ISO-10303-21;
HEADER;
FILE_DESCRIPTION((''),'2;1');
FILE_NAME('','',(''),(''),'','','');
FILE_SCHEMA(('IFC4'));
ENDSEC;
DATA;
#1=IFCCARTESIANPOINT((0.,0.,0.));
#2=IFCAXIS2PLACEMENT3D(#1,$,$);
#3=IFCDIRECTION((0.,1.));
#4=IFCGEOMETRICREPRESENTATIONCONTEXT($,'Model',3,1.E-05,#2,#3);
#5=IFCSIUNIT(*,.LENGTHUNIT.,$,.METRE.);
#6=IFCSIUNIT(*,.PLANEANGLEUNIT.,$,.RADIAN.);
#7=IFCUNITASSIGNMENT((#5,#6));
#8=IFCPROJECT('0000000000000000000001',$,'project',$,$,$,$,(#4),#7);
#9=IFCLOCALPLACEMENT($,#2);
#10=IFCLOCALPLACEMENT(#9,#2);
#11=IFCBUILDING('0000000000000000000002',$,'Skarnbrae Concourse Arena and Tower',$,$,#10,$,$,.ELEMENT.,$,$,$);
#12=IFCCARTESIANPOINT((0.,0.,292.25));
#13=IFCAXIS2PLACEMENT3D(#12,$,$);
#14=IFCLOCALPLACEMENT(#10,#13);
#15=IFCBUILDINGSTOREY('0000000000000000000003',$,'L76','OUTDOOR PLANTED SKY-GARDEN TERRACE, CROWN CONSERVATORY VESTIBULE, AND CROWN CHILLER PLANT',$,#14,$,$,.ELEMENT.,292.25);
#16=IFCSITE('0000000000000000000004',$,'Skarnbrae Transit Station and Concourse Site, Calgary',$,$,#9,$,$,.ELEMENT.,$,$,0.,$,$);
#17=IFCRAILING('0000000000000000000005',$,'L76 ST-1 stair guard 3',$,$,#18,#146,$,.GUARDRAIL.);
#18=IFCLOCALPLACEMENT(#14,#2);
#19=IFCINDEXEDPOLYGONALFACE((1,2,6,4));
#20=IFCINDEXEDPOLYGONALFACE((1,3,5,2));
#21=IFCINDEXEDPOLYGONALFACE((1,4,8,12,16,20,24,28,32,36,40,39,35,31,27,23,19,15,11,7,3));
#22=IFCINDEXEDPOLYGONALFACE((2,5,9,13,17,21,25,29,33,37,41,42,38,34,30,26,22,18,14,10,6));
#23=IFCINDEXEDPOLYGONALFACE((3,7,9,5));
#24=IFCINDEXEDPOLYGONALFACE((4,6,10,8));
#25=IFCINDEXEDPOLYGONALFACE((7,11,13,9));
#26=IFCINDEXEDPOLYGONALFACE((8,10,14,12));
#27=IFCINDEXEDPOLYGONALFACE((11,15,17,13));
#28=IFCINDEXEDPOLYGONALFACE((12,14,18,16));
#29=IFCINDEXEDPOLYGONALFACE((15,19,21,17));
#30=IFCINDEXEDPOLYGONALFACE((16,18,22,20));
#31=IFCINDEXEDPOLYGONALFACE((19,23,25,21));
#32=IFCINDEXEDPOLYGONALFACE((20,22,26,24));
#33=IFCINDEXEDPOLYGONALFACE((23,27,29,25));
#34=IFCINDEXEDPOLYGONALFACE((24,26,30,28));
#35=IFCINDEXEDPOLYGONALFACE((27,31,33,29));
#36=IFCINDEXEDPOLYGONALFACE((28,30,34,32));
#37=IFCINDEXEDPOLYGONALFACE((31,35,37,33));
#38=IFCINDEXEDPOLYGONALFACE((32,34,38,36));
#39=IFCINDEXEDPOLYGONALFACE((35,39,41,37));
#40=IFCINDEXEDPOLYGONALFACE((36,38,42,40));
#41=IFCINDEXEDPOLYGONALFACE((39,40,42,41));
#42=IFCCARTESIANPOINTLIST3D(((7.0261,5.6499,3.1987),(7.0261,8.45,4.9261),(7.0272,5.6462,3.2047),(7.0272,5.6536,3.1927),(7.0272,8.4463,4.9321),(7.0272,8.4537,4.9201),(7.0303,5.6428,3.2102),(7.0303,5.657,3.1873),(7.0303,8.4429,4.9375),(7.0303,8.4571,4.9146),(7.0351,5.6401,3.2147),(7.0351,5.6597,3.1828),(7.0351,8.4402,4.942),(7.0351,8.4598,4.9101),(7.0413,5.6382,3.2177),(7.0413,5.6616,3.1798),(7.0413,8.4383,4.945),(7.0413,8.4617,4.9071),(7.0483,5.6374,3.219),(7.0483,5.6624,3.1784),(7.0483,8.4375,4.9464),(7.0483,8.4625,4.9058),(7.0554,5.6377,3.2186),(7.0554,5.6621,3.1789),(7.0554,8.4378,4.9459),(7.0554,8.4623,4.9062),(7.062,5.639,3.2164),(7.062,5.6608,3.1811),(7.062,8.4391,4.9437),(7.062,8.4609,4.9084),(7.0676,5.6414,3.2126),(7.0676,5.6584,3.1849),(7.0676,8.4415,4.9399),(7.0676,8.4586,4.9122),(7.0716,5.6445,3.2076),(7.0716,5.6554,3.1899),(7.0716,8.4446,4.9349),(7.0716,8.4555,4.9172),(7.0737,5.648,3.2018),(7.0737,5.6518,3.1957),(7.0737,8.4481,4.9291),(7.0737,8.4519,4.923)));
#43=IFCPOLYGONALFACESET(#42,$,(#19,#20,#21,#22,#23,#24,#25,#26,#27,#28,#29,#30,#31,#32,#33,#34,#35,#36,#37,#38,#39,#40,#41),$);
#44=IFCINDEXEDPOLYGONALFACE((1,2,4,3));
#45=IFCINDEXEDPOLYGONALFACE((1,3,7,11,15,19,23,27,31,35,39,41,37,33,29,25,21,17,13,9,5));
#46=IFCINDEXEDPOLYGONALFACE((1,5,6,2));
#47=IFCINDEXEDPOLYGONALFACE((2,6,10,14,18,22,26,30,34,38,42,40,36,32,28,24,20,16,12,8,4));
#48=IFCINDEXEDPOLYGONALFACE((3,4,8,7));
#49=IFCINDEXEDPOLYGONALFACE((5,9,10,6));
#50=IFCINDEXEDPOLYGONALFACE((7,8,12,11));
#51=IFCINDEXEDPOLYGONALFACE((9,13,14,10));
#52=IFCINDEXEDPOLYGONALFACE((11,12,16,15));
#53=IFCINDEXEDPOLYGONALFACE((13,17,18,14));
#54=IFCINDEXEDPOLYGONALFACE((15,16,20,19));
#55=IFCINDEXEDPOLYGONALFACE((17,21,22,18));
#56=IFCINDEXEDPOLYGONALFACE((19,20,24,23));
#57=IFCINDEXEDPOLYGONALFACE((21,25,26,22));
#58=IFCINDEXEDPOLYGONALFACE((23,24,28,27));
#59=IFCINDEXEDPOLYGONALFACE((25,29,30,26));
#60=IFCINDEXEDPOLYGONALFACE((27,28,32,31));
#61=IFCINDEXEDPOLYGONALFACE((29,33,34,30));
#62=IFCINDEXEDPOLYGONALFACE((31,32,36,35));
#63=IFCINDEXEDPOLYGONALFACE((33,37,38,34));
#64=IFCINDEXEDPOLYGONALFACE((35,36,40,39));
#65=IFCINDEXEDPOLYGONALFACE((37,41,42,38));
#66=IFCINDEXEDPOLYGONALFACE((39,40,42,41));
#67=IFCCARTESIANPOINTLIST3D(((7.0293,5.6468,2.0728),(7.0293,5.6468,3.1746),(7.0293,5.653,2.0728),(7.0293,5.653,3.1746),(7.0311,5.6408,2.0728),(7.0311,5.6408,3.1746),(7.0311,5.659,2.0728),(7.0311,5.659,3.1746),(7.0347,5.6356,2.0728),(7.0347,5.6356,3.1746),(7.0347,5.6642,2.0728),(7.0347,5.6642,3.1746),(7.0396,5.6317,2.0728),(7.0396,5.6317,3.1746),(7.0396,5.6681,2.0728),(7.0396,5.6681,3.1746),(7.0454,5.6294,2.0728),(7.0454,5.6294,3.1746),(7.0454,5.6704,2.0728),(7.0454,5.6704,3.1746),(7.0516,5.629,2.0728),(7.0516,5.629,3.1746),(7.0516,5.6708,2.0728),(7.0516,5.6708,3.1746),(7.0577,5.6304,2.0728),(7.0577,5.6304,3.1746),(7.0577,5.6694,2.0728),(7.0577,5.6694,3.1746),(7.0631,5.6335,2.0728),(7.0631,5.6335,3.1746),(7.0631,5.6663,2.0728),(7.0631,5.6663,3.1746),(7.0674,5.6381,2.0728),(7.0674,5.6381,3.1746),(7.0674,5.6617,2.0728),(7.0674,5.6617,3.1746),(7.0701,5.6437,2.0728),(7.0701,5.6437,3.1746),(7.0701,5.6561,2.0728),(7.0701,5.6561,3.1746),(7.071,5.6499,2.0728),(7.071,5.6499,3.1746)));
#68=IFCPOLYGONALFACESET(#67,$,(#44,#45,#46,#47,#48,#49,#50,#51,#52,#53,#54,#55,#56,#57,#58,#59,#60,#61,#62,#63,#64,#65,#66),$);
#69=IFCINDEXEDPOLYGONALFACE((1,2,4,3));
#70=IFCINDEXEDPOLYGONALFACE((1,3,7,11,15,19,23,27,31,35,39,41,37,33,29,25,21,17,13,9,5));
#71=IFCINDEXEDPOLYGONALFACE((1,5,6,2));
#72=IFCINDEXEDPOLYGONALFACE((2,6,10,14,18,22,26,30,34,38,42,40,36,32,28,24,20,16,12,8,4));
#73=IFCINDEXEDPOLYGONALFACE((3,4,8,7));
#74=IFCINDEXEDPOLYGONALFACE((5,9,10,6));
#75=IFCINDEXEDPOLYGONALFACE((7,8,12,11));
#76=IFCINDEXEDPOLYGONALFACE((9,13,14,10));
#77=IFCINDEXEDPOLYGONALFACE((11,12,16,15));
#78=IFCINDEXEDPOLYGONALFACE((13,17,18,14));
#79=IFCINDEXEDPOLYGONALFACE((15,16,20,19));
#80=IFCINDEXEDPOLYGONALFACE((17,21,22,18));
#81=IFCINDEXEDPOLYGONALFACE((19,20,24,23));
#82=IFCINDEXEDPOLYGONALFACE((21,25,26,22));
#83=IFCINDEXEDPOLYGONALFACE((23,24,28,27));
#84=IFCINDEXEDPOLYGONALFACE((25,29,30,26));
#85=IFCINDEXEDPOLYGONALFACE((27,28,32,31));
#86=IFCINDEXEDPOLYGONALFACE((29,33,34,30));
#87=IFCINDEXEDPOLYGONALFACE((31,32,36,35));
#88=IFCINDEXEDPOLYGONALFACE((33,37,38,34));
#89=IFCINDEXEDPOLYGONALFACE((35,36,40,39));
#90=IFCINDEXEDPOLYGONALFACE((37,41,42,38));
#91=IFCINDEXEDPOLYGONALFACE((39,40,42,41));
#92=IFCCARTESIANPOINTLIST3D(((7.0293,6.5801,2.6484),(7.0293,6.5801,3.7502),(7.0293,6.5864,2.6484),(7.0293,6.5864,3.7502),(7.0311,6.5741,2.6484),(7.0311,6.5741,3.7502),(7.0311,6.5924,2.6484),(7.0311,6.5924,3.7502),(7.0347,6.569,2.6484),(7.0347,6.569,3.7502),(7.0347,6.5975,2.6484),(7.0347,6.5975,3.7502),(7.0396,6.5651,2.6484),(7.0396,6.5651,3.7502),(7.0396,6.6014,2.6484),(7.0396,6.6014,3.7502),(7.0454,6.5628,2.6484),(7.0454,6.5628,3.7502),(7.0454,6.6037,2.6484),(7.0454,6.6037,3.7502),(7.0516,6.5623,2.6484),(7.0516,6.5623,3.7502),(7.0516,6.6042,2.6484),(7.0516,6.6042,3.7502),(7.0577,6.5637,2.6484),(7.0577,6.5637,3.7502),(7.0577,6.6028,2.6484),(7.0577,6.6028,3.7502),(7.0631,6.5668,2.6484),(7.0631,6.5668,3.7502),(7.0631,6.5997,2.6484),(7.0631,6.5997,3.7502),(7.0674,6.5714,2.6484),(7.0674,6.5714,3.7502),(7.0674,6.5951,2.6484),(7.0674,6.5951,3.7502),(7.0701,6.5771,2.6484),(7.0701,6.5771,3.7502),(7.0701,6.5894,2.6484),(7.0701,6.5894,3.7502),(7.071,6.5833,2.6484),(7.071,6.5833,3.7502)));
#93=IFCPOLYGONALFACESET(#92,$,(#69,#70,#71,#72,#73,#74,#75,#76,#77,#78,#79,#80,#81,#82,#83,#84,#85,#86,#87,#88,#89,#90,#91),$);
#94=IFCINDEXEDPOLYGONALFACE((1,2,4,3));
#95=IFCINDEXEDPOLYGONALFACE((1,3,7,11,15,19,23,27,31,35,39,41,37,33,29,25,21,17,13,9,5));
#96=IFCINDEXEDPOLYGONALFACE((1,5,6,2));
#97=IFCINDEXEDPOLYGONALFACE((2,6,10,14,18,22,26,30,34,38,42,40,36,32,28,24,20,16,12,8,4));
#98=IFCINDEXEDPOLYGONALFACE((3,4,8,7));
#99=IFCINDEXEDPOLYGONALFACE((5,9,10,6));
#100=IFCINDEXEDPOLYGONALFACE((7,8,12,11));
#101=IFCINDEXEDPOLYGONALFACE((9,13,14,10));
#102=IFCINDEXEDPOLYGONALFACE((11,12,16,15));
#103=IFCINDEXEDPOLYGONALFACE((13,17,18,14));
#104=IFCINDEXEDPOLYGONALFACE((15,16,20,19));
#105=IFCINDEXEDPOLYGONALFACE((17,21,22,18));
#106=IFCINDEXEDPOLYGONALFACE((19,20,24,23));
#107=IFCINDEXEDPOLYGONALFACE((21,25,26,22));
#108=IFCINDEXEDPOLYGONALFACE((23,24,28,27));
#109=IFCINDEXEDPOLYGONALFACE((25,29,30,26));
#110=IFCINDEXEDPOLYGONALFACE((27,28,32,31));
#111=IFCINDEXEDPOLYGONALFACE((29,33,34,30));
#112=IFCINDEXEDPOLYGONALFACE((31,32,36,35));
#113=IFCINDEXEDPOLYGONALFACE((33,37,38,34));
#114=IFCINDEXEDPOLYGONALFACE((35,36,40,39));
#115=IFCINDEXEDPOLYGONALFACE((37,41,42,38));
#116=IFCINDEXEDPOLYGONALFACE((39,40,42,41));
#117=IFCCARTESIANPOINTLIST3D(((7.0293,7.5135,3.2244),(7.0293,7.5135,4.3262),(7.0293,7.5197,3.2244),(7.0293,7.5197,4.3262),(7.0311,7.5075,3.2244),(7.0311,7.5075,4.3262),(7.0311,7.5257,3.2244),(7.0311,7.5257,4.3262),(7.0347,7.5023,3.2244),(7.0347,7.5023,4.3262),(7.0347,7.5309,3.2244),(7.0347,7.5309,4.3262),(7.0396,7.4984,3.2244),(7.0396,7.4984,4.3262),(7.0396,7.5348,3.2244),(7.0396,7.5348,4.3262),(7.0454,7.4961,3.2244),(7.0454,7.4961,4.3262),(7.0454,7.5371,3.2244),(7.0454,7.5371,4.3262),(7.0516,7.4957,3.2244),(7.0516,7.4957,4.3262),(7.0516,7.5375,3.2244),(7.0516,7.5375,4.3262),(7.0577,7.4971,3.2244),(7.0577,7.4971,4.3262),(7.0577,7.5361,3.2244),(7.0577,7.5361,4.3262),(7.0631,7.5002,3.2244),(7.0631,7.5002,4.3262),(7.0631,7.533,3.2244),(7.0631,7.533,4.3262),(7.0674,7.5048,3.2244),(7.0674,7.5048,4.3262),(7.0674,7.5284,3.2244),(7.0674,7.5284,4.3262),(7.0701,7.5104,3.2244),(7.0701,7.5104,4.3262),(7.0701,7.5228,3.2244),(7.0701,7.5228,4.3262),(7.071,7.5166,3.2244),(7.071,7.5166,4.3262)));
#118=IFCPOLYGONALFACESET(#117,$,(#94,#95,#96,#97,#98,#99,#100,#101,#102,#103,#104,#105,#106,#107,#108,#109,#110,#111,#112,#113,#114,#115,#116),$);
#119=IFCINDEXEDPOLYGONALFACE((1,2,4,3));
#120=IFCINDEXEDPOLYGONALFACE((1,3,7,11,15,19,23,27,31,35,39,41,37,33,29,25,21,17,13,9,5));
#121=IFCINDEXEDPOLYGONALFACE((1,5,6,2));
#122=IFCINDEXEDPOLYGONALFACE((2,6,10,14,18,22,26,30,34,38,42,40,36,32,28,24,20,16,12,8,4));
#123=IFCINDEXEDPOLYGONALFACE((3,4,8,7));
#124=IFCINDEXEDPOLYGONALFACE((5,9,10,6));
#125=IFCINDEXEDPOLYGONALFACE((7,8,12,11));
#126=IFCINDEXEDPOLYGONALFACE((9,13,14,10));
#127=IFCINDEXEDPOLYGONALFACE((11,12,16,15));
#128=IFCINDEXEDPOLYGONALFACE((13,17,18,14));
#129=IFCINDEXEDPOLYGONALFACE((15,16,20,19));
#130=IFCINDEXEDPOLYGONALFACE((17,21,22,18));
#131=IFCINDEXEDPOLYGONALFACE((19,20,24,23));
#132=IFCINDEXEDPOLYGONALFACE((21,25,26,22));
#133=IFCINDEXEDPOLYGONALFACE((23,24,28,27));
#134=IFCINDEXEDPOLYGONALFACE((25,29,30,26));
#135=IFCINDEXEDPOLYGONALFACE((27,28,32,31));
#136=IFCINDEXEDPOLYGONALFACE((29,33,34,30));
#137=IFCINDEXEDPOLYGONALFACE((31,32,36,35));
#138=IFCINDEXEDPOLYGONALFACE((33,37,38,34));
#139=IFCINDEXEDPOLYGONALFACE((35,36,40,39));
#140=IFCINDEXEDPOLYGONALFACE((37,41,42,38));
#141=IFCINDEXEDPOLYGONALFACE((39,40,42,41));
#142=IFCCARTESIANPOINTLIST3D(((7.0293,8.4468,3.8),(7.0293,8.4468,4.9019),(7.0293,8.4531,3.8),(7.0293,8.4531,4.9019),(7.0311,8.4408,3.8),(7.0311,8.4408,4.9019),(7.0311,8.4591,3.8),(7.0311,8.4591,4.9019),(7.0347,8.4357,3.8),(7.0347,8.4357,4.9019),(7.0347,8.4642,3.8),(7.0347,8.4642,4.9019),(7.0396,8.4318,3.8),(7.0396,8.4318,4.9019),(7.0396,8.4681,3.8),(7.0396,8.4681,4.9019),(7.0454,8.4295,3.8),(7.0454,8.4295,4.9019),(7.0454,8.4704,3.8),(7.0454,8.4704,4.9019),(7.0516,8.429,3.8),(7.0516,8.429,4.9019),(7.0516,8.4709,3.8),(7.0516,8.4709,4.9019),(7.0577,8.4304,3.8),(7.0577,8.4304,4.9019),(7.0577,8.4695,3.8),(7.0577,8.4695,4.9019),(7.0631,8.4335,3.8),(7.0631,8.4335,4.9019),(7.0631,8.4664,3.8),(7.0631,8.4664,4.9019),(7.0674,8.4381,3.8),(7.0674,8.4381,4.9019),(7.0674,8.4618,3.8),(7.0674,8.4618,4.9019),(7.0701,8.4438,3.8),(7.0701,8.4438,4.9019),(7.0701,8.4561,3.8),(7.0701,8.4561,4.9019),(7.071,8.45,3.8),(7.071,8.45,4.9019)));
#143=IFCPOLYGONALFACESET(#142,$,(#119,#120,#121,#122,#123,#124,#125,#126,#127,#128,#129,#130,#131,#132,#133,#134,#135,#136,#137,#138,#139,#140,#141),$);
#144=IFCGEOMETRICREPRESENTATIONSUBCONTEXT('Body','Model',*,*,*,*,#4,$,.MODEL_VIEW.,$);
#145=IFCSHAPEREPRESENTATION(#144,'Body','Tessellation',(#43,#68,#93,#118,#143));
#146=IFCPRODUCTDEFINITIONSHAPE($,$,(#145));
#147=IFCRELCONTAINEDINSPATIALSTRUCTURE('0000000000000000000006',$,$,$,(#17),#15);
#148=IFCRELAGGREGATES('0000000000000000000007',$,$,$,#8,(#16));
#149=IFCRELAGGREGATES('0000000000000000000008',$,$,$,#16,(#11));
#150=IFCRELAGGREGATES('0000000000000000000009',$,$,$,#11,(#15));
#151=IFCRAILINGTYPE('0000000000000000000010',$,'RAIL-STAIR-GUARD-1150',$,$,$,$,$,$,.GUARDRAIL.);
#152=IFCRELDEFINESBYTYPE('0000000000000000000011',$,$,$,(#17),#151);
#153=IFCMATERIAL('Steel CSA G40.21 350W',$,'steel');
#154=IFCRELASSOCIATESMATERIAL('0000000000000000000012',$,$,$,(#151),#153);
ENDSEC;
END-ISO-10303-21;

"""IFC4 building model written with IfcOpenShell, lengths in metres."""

from ifc_helpers import new_model, si_unit, direction, frame, origin, origin_2d, place, context, subcontext, project, spatial, circle, extrude, material, type_object, element, save


model = new_model("IFC4")

# Units and contexts
model_context = context("Model", 3, precision=1e-05, world=origin(), true_north=direction((0.0, 1.0)))
body_context = subcontext(model_context, "Body", "Model", "MODEL_VIEW")
ifc_project = project(units=[si_unit("LENGTHUNIT", "METRE"), si_unit("PLANEANGLEUNIT", "RADIAN")], contexts=[model_context])

# Site, building, storey
site_placement = place(None, origin())
site = spatial("IfcSite", under=ifc_project, at=site_placement, Name="Skarnbrae Transit Station and Concourse Site, Calgary", CompositionType="ELEMENT", RefElevation=0.0)
building_placement = place(site_placement, origin())
building = spatial("IfcBuilding", under=site, at=building_placement, Name="Skarnbrae Concourse Arena and Tower", CompositionType="ELEMENT")
storey_placement = place(building_placement, frame((0.0, 0.0, 292.25)))
storey = spatial("IfcBuildingStorey", under=building, at=storey_placement, Name="L76", Description="OUTDOOR PLANTED SKY-GARDEN TERRACE, CROWN CONSERVATORY VESTIBULE, AND CROWN CHILLER PLANT", CompositionType="ELEMENT", Elevation=292.25)

# Shared definitions
ifc_material_1 = material(Name="Steel CSA G40.21 350W", Category="steel")

# Railing
railing_type_1 = type_object("IfcRailingType", Name="RAIL-STAIR-GUARD-1150", PredefinedType="GUARDRAIL", material=ifc_material_1)
railing_1_placement = place(storey_placement, frame((7.05, 5.6499, 2.0728)))
element("IfcRailing", 1, at=railing_1_placement, inside=storey, type_object=railing_type_1, Name="L76 ST-1 stair guard 3", PredefinedType="GUARDRAIL", context=body_context, shape_type="SweptSolid", body=[
    extrude(circle(Radius=0.0239, at=origin_2d()), frame((0.0, 0.0, 1.126), z_axis=(0.0, 0.85109, 0.52502), x_axis=(-1.0, 0.0, 0.0)), (0.0, 0.0, 1.0), 3.29),
    extrude(circle(Radius=0.021, at=origin_2d()), origin(), (0.0, 0.0, 1.0), 1.1018),
    extrude(circle(Radius=0.021, at=origin_2d()), frame((0.0, 0.9333, 0.5757)), (0.0, 0.0, 1.0), 1.1018),
    extrude(circle(Radius=0.021, at=origin_2d()), frame((0.0, 1.8667, 1.1516)), (0.0, 0.0, 1.0), 1.1018),
    extrude(circle(Radius=0.021, at=origin_2d()), frame((0.0, 2.8, 1.7273)), (0.0, 0.0, 1.0), 1.1018),
])

save(model, "model.ifc")
